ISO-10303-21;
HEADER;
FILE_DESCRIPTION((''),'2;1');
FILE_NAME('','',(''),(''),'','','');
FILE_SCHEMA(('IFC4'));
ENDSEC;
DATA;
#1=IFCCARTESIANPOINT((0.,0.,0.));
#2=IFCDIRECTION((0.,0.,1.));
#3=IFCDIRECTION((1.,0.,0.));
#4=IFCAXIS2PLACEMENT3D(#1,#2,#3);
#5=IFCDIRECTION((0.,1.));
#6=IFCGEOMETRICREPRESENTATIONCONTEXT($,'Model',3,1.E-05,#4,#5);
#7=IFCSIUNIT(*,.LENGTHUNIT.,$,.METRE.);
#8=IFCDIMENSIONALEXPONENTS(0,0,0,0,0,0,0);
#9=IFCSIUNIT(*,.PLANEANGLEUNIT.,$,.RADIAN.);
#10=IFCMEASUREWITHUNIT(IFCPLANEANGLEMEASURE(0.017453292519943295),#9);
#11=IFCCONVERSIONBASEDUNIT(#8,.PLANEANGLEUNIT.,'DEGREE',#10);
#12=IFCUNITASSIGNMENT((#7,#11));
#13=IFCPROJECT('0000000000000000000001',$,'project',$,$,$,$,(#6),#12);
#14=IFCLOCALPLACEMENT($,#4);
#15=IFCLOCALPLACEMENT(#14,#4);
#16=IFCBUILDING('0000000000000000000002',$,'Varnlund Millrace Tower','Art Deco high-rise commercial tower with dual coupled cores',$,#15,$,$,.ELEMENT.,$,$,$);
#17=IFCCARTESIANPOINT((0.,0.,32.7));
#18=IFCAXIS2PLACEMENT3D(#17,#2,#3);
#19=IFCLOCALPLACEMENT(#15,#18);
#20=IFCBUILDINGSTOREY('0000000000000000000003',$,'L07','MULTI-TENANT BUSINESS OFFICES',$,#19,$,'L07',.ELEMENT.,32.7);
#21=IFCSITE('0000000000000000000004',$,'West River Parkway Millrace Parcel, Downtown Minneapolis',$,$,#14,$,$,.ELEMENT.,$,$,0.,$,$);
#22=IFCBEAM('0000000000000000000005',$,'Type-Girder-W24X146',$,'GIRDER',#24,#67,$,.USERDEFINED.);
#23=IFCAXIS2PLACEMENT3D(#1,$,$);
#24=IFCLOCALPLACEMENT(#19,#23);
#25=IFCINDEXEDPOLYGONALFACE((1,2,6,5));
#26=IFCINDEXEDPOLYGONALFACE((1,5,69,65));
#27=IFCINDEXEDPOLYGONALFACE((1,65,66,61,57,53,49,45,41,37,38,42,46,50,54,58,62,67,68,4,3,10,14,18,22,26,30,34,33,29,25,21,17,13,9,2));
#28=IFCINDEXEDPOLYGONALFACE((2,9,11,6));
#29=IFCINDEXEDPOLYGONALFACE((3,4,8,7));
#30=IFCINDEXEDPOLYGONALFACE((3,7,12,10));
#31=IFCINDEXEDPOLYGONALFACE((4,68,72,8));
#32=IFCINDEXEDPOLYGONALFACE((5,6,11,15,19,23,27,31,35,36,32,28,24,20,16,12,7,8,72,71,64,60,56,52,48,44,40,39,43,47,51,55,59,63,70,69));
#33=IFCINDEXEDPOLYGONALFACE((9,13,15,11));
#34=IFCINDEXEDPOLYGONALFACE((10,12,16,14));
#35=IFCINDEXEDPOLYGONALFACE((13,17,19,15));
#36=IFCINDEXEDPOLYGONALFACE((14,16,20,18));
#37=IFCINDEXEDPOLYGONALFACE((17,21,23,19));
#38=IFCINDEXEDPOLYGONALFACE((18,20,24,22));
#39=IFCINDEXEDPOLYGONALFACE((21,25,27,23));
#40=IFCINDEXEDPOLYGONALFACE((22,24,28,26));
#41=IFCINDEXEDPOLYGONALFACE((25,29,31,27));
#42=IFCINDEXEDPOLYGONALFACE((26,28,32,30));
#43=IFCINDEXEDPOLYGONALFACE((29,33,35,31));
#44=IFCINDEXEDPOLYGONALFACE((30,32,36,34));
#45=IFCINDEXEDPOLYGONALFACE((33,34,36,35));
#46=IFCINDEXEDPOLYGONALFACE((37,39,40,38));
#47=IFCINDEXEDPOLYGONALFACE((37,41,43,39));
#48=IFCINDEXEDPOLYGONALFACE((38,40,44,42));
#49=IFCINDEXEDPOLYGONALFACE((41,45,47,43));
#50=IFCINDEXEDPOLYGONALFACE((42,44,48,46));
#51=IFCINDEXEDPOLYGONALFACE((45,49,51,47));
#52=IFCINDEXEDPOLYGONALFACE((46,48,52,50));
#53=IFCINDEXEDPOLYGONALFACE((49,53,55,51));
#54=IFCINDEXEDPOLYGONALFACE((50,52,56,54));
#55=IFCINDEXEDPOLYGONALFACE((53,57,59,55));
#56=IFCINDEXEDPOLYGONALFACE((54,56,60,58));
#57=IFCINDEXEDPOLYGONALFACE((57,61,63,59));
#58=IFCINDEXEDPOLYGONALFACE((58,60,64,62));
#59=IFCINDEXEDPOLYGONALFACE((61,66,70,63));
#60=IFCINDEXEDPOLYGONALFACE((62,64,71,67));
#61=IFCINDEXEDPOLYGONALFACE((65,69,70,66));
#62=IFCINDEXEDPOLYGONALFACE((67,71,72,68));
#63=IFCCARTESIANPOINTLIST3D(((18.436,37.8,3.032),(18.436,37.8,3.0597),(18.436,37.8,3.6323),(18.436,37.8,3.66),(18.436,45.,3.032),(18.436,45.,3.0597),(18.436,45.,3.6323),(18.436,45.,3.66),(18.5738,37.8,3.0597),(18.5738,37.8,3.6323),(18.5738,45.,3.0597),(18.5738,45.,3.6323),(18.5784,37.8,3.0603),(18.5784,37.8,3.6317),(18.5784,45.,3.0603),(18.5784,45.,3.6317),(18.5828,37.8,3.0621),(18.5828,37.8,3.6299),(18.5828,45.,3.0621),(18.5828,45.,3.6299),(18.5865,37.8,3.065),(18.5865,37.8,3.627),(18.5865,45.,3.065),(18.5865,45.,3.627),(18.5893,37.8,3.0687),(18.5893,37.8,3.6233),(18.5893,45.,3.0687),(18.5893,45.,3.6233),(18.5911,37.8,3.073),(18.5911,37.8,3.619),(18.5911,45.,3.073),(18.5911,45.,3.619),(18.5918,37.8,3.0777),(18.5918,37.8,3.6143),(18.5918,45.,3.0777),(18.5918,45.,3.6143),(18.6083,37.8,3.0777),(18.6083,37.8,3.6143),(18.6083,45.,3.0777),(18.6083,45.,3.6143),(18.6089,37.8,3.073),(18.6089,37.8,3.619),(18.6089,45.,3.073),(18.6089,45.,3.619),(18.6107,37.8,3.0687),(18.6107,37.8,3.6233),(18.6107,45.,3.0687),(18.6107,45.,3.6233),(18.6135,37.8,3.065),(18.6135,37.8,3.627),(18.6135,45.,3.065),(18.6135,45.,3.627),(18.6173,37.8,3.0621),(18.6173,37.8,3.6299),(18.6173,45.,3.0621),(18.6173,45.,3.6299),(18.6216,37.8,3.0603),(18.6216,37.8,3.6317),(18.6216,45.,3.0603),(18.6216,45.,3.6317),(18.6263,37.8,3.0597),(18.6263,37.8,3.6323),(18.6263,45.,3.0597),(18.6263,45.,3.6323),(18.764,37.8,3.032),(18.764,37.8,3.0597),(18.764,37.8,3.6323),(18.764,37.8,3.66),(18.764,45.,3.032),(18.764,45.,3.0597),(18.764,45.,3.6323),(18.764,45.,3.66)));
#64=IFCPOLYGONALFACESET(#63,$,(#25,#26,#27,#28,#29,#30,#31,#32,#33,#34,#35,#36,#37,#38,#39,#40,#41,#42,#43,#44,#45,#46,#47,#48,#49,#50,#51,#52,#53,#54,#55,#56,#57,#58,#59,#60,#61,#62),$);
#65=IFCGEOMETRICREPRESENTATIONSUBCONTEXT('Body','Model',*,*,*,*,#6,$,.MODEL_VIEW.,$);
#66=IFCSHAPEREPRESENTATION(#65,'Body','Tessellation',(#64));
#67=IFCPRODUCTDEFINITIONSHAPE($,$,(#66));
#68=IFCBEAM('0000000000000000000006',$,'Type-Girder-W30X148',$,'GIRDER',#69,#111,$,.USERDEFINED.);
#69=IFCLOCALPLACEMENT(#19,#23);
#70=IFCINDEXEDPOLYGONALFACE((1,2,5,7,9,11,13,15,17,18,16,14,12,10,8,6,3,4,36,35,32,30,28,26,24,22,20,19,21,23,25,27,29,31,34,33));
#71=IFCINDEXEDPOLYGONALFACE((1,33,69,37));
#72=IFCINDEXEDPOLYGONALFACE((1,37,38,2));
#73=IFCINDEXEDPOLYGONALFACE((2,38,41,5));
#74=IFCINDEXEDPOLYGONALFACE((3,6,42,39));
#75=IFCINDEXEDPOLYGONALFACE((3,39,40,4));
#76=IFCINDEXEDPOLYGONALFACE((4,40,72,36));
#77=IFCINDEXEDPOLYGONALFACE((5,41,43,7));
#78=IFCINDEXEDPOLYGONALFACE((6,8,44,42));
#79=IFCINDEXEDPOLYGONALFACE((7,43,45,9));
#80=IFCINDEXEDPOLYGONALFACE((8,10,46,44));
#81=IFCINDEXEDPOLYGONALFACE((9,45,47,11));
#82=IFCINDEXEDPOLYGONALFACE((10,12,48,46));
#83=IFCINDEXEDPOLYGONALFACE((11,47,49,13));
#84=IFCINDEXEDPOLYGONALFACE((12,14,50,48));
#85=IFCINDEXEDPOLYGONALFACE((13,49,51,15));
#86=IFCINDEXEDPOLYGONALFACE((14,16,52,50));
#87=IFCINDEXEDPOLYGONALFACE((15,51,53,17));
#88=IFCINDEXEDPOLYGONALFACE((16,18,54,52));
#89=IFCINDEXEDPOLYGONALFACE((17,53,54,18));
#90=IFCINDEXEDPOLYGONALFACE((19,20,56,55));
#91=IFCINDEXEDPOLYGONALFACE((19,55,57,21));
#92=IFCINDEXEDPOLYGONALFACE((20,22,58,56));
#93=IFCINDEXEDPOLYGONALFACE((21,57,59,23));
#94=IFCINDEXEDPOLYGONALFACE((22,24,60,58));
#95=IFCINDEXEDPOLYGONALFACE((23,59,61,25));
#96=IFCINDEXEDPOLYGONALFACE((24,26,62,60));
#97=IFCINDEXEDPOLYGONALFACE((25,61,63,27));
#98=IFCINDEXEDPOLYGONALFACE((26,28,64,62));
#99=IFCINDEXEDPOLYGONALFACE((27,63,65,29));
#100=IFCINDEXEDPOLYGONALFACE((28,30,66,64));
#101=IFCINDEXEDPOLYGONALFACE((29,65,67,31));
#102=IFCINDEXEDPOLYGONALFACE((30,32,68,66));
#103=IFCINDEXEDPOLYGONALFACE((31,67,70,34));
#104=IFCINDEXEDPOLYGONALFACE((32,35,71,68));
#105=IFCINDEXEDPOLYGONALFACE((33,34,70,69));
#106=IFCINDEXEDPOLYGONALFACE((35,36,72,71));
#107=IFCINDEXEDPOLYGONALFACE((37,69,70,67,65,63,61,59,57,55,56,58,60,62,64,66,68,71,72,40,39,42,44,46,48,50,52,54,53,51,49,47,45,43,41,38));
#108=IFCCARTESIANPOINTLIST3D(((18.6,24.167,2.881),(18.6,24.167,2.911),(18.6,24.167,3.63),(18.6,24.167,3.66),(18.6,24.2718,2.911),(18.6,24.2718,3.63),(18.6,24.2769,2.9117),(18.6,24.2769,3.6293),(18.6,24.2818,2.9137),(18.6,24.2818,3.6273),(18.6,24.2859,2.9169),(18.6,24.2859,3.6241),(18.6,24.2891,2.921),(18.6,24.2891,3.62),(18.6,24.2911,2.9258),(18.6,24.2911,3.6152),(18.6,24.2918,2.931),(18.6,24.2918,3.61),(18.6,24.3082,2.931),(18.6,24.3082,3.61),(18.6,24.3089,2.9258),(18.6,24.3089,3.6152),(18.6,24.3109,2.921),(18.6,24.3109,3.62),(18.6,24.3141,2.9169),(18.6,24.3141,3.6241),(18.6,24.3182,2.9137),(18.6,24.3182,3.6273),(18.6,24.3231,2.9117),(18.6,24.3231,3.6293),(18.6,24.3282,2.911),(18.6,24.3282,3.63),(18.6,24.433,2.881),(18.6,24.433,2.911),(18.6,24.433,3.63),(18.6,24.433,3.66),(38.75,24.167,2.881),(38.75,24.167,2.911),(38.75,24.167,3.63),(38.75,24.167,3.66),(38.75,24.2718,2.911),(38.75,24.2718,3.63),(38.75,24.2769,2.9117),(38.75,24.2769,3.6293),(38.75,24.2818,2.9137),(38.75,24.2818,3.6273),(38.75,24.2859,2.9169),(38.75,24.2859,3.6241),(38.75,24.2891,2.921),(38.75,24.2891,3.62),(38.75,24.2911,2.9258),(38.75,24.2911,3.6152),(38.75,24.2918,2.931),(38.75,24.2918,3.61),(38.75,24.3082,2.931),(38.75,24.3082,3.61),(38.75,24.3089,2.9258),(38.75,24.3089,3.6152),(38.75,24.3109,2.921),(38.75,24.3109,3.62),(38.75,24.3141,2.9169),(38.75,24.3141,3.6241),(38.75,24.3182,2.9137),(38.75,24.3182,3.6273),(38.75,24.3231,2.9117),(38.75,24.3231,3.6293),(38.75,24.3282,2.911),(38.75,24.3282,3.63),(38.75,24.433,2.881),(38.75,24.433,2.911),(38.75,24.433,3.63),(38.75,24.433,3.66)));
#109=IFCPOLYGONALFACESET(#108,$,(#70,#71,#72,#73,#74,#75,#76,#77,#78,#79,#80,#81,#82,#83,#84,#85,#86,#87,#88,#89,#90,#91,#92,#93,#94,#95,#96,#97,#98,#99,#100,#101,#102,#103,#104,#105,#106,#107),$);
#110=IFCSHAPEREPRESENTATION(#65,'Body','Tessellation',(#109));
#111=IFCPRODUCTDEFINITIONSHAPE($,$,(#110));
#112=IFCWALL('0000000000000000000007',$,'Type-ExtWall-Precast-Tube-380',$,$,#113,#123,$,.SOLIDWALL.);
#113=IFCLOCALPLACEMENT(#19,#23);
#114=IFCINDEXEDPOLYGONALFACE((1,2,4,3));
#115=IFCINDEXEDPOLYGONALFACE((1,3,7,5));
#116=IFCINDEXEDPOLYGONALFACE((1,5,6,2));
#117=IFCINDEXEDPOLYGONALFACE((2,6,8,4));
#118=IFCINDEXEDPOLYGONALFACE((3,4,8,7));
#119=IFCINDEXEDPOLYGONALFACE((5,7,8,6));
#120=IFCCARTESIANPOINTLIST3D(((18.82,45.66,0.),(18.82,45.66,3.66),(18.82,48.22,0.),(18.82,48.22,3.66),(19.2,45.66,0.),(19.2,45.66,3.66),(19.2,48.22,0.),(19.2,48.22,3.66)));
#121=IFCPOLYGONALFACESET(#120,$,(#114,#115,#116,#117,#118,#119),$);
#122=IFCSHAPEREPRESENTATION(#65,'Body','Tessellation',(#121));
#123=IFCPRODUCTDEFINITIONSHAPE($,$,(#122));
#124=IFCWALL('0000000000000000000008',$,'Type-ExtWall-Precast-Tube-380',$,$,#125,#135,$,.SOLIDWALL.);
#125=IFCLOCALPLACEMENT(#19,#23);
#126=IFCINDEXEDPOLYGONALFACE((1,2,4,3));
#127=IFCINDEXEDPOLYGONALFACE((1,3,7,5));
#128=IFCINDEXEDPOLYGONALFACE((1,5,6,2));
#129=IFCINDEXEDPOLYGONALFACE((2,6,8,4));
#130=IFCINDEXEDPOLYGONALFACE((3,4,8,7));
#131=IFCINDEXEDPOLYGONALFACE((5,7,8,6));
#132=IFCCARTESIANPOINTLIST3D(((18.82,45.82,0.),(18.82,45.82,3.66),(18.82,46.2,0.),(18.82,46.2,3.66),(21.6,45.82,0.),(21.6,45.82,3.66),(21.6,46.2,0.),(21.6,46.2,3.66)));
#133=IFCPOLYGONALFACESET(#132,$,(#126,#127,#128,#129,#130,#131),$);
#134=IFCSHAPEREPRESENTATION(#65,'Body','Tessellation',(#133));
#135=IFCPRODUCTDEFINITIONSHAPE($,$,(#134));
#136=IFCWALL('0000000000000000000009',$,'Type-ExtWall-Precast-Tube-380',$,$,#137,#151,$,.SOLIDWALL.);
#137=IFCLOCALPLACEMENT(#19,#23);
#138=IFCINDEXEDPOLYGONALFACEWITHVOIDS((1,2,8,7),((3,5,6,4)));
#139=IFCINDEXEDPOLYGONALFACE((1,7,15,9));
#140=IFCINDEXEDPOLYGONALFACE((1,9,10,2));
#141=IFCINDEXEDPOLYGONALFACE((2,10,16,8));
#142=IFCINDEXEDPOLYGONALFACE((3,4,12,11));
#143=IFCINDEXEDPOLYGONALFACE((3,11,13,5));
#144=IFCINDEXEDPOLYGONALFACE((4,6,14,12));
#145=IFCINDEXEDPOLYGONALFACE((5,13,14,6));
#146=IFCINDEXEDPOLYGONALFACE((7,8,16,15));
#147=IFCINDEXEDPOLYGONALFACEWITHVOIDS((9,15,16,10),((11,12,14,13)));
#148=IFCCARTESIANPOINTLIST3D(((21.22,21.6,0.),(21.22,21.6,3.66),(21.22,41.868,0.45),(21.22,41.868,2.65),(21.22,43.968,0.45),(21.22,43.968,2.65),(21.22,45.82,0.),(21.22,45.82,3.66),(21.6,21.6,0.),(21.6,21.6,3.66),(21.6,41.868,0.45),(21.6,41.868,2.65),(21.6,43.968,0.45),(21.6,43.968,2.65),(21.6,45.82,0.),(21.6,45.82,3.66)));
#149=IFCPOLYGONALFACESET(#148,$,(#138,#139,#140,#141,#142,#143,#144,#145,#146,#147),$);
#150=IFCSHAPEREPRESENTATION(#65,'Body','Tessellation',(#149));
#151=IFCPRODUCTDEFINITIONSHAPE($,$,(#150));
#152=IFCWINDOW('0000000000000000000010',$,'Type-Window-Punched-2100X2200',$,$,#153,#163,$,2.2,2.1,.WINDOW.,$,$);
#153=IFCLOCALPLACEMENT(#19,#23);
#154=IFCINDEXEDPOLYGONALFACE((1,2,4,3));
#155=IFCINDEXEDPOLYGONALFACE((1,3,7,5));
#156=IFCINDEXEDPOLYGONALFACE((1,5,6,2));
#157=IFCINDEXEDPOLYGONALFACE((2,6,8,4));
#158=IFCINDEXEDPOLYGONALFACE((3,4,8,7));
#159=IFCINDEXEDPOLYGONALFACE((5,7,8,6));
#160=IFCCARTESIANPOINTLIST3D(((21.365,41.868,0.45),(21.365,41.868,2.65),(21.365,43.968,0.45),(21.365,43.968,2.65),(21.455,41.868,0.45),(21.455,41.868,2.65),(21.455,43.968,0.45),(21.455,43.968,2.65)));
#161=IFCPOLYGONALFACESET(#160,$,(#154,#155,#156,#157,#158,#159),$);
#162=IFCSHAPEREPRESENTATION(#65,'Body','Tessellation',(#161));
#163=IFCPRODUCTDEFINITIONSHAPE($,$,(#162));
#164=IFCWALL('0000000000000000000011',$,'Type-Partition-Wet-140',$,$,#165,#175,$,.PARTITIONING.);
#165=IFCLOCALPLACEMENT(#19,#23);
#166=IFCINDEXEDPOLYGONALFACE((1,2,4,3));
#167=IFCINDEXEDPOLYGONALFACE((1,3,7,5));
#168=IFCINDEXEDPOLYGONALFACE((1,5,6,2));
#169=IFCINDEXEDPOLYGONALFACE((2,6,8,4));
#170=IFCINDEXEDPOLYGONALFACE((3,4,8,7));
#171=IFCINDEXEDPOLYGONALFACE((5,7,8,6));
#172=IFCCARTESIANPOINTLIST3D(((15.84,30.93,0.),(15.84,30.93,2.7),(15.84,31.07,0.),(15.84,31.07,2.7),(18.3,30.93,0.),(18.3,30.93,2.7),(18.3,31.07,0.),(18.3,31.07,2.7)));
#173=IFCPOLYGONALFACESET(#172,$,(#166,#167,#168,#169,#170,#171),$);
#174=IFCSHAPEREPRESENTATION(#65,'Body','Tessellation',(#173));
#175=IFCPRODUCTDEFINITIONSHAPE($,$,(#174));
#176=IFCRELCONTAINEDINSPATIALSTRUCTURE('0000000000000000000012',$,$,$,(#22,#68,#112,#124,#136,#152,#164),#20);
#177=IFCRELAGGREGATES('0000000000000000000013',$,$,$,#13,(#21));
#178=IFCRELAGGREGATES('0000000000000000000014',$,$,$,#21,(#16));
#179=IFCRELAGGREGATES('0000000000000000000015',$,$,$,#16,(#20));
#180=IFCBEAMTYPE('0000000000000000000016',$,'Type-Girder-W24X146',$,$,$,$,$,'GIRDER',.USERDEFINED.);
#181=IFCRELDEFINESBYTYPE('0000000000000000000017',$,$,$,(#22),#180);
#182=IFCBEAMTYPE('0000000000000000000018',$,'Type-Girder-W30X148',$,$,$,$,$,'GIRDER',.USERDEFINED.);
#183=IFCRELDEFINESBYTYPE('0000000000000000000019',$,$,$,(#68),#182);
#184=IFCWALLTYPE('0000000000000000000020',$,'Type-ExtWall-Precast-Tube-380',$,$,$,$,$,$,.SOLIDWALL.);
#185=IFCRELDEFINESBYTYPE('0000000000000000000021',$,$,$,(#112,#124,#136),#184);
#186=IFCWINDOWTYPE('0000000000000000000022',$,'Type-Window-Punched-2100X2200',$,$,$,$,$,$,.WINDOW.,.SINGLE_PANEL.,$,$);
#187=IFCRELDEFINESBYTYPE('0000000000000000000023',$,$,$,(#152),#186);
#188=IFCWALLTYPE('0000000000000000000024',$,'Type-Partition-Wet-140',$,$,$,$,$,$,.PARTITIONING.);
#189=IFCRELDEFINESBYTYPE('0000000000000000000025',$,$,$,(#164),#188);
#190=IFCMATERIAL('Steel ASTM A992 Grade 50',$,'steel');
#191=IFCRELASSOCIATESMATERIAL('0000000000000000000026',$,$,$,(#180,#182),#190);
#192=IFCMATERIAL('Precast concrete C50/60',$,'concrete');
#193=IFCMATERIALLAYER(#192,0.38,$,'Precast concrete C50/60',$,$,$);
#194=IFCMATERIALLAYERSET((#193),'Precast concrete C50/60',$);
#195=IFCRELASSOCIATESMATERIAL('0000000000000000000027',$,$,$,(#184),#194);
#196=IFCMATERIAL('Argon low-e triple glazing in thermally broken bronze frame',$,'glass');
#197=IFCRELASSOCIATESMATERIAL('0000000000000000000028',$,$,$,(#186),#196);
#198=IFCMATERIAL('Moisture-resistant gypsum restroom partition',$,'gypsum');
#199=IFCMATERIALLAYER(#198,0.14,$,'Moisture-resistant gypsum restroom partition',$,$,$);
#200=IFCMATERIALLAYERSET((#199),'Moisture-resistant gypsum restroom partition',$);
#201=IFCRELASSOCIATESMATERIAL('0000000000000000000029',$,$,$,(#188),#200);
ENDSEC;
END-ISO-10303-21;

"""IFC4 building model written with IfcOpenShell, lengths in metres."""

from ifc_helpers import new_model, entity, si_unit, converted_unit, direction, frame, origin_with_axes, origin_2d_with_axis, place, context, subcontext, project, spatial, polyline, rectangle, i_section, outline, extrude, material, layer, layer_set, material_profile, profile_set, type_object, element, fill, save


model = new_model("IFC4")

# Units and contexts
model_context = context("Model", 3, precision=1e-05, world=origin_with_axes(), true_north=direction((0.0, 1.0)))
body_context = subcontext(model_context, "Body", "Model", "MODEL_VIEW")
ifc_project = project(units=[si_unit("LENGTHUNIT", "METRE"), converted_unit("PLANEANGLEUNIT", "DEGREE", entity("IfcPlaneAngleMeasure", 0.017453292519943295), si_unit("PLANEANGLEUNIT", "RADIAN"), dimensions=[0, 0, 0, 0, 0, 0, 0])], contexts=[model_context])

# Site, building, storey
site_placement = place(None, origin_with_axes())
site = spatial("IfcSite", under=ifc_project, at=site_placement, Name="West River Parkway Millrace Parcel, Downtown Minneapolis", CompositionType="ELEMENT", RefElevation=0.0)
building_placement = place(site_placement, origin_with_axes())
building = spatial("IfcBuilding", under=site, at=building_placement, Name="Varnlund Millrace Tower", Description="Art Deco high-rise commercial tower with dual coupled cores", CompositionType="ELEMENT")
storey_placement = place(building_placement, frame((0.0, 0.0, 32.7), z_axis=(0.0, 0.0, 1.0), x_axis=(1.0, 0.0, 0.0)))
storey = spatial("IfcBuildingStorey", under=building, at=storey_placement, Name="L07", Description="MULTI-TENANT BUSINESS OFFICES", LongName="L07", CompositionType="ELEMENT", Elevation=32.7)

# Beams
ifc_material_1 = material(Name="Steel ASTM A992 Grade 50", Category="steel")
ifc_material_profile_1 = material_profile(ifc_material_1, i_section(OverallWidth=0.328, OverallDepth=0.628, WebThickness=0.0165, FlangeThickness=0.0277, FilletRadius=0.018, at=origin_2d_with_axis()), Name="Steel ASTM A992 Grade 50")
ifc_profile_set_1 = profile_set([ifc_material_profile_1], Name="Steel ASTM A992 Grade 50")
beam_type_1 = type_object("IfcBeamType", Name="Type-Girder-W24X146", ElementType="GIRDER", PredefinedType="USERDEFINED", material=ifc_profile_set_1)
beam_1_placement = place(storey_placement, frame((18.6, 37.8, 3.346), z_axis=(0.0, 1.0, 0.0), x_axis=(-1.0, 0.0, 0.0)))
element("IfcBeam", 1, at=beam_1_placement, inside=storey, type_object=beam_type_1, Name="Type-Girder-W24X146", ObjectType="GIRDER", PredefinedType="USERDEFINED", context=body_context, shape_type="SweptSolid", body=[
    extrude(i_section(OverallWidth=0.328, OverallDepth=0.628, WebThickness=0.0165, FlangeThickness=0.0277, FilletRadius=0.018, at=origin_2d_with_axis()), origin_with_axes(), (0.0, 0.0, 1.0), 7.2),
])
ifc_material_profile_2 = material_profile(ifc_material_1, i_section(OverallWidth=0.266, OverallDepth=0.779, WebThickness=0.0165, FlangeThickness=0.03, FilletRadius=0.02, at=origin_2d_with_axis()), Name="Steel ASTM A992 Grade 50")
ifc_profile_set_2 = profile_set([ifc_material_profile_2], Name="Steel ASTM A992 Grade 50")
beam_type_2 = type_object("IfcBeamType", Name="Type-Girder-W30X148", ElementType="GIRDER", PredefinedType="USERDEFINED", material=ifc_profile_set_2)
beam_2_placement = place(storey_placement, frame((18.6, 24.3, 3.2705), z_axis=(1.0, 0.0, 0.0), x_axis=(0.0, 1.0, 0.0)))
element("IfcBeam", 2, at=beam_2_placement, inside=storey, type_object=beam_type_2, Name="Type-Girder-W30X148", ObjectType="GIRDER", PredefinedType="USERDEFINED", context=body_context, shape_type="SweptSolid", body=[
    extrude(i_section(OverallWidth=0.266, OverallDepth=0.779, WebThickness=0.0165, FlangeThickness=0.03, FilletRadius=0.02, at=origin_2d_with_axis()), origin_with_axes(), (0.0, 0.0, 1.0), 20.15),
])

# Walls
ifc_material_2 = material(Name="Precast concrete C50/60", Category="concrete")
ifc_layer_1 = layer(ifc_material_2, 0.38, Name="Precast concrete C50/60")
ifc_layer_set_1 = layer_set([ifc_layer_1], Name="Precast concrete C50/60")
wall_type_1 = type_object("IfcWallType", Name="Type-ExtWall-Precast-Tube-380", PredefinedType="SOLIDWALL", material=ifc_layer_set_1)
wall_1_placement = place(storey_placement, frame((19.01, 48.22, 0.0), z_axis=(0.0, 0.0, 1.0), x_axis=(0.0, -1.0, 0.0)))
element("IfcWall", 3, at=wall_1_placement, inside=storey, type_object=wall_type_1, Name="Type-ExtWall-Precast-Tube-380", PredefinedType="SOLIDWALL", context=body_context, shape_type="SweptSolid", body=[
    extrude(outline(polyline([(0.0, -0.19), (2.56, -0.19), (2.56, 0.19), (0.0, 0.19), (0.0, -0.19)])), origin_with_axes(), (0.0, 0.0, 1.0), 3.66),
])
wall_2_placement = place(storey_placement, frame((18.82, 46.01, 0.0), z_axis=(0.0, 0.0, 1.0), x_axis=(1.0, 0.0, 0.0)))
element("IfcWall", 4, at=wall_2_placement, inside=storey, type_object=wall_type_1, Name="Type-ExtWall-Precast-Tube-380", PredefinedType="SOLIDWALL", context=body_context, shape_type="SweptSolid", body=[
    extrude(outline(polyline([(0.0, -0.19), (2.78, -0.19), (2.78, 0.19), (0.0, 0.19), (0.0, -0.19)])), origin_with_axes(), (0.0, 0.0, 1.0), 3.66),
])

# Wall, opening, window
wall_3_placement = place(storey_placement, frame((21.41, 45.82, 0.0), z_axis=(0.0, 0.0, 1.0), x_axis=(0.0, -1.0, 0.0)))
wall_3 = element("IfcWall", 5, at=wall_3_placement, inside=storey, type_object=wall_type_1, Name="Type-ExtWall-Precast-Tube-380", PredefinedType="SOLIDWALL", context=body_context, shape_type="SweptSolid", body=[
    extrude(outline(polyline([(0.0, -0.19), (24.22, -0.19), (24.22, 0.19), (0.0, 0.19), (0.0, -0.19)])), origin_with_axes(), (0.0, 0.0, 1.0), 3.66),
])
opening_placement = place(wall_3_placement, frame((2.902, 0.0, 0.45), z_axis=(0.0, 0.0, 1.0), x_axis=(1.0, 0.0, 0.0)))
opening = element("IfcOpeningElement", 6, at=opening_placement, cuts=wall_3, PredefinedType="OPENING", context=body_context, shape_type="SweptSolid", body=[
    extrude(rectangle(XDim=2.1, YDim=0.4, at=origin_2d_with_axis()), origin_with_axes(), (0.0, 0.0, 1.0), 2.2),
])
ifc_material_3 = material(Name="Argon low-e triple glazing in thermally broken bronze frame", Category="glass")
window_type = type_object("IfcWindowType", Name="Type-Window-Punched-2100X2200", PartitioningType="SINGLE_PANEL", PredefinedType="WINDOW", material=ifc_material_3)
window_placement = place(wall_3_placement, frame((2.902, 0.0, 0.45), z_axis=(0.0, 0.0, 1.0), x_axis=(1.0, 0.0, 0.0)))
window = element("IfcWindow", 7, at=window_placement, inside=storey, type_object=window_type, Name="Type-Window-Punched-2100X2200", OverallHeight=2.2, OverallWidth=2.1, PredefinedType="WINDOW", context=body_context, shape_type="SweptSolid", body=[
    extrude(rectangle(XDim=2.1, YDim=0.09, at=origin_2d_with_axis()), origin_with_axes(), (0.0, 0.0, 1.0), 2.2),
])
fill(opening, window)

# Wall
ifc_material_4 = material(Name="Moisture-resistant gypsum restroom partition", Category="gypsum")
ifc_layer_2 = layer(ifc_material_4, 0.14, Name="Moisture-resistant gypsum restroom partition")
ifc_layer_set_2 = layer_set([ifc_layer_2], Name="Moisture-resistant gypsum restroom partition")
wall_type_2 = type_object("IfcWallType", Name="Type-Partition-Wet-140", PredefinedType="PARTITIONING", material=ifc_layer_set_2)
wall_4_placement = place(storey_placement, frame((15.84, 31.0, 0.0), z_axis=(0.0, 0.0, 1.0), x_axis=(1.0, 0.0, 0.0)))
element("IfcWall", 8, at=wall_4_placement, inside=storey, type_object=wall_type_2, Name="Type-Partition-Wet-140", PredefinedType="PARTITIONING", context=body_context, shape_type="SweptSolid", body=[
    extrude(outline(polyline([(0.0, -0.07), (2.46, -0.07), (2.46, 0.07), (0.0, 0.07), (0.0, -0.07)])), origin_with_axes(), (0.0, 0.0, 1.0), 2.7),
])

save(model, "model.ifc")
